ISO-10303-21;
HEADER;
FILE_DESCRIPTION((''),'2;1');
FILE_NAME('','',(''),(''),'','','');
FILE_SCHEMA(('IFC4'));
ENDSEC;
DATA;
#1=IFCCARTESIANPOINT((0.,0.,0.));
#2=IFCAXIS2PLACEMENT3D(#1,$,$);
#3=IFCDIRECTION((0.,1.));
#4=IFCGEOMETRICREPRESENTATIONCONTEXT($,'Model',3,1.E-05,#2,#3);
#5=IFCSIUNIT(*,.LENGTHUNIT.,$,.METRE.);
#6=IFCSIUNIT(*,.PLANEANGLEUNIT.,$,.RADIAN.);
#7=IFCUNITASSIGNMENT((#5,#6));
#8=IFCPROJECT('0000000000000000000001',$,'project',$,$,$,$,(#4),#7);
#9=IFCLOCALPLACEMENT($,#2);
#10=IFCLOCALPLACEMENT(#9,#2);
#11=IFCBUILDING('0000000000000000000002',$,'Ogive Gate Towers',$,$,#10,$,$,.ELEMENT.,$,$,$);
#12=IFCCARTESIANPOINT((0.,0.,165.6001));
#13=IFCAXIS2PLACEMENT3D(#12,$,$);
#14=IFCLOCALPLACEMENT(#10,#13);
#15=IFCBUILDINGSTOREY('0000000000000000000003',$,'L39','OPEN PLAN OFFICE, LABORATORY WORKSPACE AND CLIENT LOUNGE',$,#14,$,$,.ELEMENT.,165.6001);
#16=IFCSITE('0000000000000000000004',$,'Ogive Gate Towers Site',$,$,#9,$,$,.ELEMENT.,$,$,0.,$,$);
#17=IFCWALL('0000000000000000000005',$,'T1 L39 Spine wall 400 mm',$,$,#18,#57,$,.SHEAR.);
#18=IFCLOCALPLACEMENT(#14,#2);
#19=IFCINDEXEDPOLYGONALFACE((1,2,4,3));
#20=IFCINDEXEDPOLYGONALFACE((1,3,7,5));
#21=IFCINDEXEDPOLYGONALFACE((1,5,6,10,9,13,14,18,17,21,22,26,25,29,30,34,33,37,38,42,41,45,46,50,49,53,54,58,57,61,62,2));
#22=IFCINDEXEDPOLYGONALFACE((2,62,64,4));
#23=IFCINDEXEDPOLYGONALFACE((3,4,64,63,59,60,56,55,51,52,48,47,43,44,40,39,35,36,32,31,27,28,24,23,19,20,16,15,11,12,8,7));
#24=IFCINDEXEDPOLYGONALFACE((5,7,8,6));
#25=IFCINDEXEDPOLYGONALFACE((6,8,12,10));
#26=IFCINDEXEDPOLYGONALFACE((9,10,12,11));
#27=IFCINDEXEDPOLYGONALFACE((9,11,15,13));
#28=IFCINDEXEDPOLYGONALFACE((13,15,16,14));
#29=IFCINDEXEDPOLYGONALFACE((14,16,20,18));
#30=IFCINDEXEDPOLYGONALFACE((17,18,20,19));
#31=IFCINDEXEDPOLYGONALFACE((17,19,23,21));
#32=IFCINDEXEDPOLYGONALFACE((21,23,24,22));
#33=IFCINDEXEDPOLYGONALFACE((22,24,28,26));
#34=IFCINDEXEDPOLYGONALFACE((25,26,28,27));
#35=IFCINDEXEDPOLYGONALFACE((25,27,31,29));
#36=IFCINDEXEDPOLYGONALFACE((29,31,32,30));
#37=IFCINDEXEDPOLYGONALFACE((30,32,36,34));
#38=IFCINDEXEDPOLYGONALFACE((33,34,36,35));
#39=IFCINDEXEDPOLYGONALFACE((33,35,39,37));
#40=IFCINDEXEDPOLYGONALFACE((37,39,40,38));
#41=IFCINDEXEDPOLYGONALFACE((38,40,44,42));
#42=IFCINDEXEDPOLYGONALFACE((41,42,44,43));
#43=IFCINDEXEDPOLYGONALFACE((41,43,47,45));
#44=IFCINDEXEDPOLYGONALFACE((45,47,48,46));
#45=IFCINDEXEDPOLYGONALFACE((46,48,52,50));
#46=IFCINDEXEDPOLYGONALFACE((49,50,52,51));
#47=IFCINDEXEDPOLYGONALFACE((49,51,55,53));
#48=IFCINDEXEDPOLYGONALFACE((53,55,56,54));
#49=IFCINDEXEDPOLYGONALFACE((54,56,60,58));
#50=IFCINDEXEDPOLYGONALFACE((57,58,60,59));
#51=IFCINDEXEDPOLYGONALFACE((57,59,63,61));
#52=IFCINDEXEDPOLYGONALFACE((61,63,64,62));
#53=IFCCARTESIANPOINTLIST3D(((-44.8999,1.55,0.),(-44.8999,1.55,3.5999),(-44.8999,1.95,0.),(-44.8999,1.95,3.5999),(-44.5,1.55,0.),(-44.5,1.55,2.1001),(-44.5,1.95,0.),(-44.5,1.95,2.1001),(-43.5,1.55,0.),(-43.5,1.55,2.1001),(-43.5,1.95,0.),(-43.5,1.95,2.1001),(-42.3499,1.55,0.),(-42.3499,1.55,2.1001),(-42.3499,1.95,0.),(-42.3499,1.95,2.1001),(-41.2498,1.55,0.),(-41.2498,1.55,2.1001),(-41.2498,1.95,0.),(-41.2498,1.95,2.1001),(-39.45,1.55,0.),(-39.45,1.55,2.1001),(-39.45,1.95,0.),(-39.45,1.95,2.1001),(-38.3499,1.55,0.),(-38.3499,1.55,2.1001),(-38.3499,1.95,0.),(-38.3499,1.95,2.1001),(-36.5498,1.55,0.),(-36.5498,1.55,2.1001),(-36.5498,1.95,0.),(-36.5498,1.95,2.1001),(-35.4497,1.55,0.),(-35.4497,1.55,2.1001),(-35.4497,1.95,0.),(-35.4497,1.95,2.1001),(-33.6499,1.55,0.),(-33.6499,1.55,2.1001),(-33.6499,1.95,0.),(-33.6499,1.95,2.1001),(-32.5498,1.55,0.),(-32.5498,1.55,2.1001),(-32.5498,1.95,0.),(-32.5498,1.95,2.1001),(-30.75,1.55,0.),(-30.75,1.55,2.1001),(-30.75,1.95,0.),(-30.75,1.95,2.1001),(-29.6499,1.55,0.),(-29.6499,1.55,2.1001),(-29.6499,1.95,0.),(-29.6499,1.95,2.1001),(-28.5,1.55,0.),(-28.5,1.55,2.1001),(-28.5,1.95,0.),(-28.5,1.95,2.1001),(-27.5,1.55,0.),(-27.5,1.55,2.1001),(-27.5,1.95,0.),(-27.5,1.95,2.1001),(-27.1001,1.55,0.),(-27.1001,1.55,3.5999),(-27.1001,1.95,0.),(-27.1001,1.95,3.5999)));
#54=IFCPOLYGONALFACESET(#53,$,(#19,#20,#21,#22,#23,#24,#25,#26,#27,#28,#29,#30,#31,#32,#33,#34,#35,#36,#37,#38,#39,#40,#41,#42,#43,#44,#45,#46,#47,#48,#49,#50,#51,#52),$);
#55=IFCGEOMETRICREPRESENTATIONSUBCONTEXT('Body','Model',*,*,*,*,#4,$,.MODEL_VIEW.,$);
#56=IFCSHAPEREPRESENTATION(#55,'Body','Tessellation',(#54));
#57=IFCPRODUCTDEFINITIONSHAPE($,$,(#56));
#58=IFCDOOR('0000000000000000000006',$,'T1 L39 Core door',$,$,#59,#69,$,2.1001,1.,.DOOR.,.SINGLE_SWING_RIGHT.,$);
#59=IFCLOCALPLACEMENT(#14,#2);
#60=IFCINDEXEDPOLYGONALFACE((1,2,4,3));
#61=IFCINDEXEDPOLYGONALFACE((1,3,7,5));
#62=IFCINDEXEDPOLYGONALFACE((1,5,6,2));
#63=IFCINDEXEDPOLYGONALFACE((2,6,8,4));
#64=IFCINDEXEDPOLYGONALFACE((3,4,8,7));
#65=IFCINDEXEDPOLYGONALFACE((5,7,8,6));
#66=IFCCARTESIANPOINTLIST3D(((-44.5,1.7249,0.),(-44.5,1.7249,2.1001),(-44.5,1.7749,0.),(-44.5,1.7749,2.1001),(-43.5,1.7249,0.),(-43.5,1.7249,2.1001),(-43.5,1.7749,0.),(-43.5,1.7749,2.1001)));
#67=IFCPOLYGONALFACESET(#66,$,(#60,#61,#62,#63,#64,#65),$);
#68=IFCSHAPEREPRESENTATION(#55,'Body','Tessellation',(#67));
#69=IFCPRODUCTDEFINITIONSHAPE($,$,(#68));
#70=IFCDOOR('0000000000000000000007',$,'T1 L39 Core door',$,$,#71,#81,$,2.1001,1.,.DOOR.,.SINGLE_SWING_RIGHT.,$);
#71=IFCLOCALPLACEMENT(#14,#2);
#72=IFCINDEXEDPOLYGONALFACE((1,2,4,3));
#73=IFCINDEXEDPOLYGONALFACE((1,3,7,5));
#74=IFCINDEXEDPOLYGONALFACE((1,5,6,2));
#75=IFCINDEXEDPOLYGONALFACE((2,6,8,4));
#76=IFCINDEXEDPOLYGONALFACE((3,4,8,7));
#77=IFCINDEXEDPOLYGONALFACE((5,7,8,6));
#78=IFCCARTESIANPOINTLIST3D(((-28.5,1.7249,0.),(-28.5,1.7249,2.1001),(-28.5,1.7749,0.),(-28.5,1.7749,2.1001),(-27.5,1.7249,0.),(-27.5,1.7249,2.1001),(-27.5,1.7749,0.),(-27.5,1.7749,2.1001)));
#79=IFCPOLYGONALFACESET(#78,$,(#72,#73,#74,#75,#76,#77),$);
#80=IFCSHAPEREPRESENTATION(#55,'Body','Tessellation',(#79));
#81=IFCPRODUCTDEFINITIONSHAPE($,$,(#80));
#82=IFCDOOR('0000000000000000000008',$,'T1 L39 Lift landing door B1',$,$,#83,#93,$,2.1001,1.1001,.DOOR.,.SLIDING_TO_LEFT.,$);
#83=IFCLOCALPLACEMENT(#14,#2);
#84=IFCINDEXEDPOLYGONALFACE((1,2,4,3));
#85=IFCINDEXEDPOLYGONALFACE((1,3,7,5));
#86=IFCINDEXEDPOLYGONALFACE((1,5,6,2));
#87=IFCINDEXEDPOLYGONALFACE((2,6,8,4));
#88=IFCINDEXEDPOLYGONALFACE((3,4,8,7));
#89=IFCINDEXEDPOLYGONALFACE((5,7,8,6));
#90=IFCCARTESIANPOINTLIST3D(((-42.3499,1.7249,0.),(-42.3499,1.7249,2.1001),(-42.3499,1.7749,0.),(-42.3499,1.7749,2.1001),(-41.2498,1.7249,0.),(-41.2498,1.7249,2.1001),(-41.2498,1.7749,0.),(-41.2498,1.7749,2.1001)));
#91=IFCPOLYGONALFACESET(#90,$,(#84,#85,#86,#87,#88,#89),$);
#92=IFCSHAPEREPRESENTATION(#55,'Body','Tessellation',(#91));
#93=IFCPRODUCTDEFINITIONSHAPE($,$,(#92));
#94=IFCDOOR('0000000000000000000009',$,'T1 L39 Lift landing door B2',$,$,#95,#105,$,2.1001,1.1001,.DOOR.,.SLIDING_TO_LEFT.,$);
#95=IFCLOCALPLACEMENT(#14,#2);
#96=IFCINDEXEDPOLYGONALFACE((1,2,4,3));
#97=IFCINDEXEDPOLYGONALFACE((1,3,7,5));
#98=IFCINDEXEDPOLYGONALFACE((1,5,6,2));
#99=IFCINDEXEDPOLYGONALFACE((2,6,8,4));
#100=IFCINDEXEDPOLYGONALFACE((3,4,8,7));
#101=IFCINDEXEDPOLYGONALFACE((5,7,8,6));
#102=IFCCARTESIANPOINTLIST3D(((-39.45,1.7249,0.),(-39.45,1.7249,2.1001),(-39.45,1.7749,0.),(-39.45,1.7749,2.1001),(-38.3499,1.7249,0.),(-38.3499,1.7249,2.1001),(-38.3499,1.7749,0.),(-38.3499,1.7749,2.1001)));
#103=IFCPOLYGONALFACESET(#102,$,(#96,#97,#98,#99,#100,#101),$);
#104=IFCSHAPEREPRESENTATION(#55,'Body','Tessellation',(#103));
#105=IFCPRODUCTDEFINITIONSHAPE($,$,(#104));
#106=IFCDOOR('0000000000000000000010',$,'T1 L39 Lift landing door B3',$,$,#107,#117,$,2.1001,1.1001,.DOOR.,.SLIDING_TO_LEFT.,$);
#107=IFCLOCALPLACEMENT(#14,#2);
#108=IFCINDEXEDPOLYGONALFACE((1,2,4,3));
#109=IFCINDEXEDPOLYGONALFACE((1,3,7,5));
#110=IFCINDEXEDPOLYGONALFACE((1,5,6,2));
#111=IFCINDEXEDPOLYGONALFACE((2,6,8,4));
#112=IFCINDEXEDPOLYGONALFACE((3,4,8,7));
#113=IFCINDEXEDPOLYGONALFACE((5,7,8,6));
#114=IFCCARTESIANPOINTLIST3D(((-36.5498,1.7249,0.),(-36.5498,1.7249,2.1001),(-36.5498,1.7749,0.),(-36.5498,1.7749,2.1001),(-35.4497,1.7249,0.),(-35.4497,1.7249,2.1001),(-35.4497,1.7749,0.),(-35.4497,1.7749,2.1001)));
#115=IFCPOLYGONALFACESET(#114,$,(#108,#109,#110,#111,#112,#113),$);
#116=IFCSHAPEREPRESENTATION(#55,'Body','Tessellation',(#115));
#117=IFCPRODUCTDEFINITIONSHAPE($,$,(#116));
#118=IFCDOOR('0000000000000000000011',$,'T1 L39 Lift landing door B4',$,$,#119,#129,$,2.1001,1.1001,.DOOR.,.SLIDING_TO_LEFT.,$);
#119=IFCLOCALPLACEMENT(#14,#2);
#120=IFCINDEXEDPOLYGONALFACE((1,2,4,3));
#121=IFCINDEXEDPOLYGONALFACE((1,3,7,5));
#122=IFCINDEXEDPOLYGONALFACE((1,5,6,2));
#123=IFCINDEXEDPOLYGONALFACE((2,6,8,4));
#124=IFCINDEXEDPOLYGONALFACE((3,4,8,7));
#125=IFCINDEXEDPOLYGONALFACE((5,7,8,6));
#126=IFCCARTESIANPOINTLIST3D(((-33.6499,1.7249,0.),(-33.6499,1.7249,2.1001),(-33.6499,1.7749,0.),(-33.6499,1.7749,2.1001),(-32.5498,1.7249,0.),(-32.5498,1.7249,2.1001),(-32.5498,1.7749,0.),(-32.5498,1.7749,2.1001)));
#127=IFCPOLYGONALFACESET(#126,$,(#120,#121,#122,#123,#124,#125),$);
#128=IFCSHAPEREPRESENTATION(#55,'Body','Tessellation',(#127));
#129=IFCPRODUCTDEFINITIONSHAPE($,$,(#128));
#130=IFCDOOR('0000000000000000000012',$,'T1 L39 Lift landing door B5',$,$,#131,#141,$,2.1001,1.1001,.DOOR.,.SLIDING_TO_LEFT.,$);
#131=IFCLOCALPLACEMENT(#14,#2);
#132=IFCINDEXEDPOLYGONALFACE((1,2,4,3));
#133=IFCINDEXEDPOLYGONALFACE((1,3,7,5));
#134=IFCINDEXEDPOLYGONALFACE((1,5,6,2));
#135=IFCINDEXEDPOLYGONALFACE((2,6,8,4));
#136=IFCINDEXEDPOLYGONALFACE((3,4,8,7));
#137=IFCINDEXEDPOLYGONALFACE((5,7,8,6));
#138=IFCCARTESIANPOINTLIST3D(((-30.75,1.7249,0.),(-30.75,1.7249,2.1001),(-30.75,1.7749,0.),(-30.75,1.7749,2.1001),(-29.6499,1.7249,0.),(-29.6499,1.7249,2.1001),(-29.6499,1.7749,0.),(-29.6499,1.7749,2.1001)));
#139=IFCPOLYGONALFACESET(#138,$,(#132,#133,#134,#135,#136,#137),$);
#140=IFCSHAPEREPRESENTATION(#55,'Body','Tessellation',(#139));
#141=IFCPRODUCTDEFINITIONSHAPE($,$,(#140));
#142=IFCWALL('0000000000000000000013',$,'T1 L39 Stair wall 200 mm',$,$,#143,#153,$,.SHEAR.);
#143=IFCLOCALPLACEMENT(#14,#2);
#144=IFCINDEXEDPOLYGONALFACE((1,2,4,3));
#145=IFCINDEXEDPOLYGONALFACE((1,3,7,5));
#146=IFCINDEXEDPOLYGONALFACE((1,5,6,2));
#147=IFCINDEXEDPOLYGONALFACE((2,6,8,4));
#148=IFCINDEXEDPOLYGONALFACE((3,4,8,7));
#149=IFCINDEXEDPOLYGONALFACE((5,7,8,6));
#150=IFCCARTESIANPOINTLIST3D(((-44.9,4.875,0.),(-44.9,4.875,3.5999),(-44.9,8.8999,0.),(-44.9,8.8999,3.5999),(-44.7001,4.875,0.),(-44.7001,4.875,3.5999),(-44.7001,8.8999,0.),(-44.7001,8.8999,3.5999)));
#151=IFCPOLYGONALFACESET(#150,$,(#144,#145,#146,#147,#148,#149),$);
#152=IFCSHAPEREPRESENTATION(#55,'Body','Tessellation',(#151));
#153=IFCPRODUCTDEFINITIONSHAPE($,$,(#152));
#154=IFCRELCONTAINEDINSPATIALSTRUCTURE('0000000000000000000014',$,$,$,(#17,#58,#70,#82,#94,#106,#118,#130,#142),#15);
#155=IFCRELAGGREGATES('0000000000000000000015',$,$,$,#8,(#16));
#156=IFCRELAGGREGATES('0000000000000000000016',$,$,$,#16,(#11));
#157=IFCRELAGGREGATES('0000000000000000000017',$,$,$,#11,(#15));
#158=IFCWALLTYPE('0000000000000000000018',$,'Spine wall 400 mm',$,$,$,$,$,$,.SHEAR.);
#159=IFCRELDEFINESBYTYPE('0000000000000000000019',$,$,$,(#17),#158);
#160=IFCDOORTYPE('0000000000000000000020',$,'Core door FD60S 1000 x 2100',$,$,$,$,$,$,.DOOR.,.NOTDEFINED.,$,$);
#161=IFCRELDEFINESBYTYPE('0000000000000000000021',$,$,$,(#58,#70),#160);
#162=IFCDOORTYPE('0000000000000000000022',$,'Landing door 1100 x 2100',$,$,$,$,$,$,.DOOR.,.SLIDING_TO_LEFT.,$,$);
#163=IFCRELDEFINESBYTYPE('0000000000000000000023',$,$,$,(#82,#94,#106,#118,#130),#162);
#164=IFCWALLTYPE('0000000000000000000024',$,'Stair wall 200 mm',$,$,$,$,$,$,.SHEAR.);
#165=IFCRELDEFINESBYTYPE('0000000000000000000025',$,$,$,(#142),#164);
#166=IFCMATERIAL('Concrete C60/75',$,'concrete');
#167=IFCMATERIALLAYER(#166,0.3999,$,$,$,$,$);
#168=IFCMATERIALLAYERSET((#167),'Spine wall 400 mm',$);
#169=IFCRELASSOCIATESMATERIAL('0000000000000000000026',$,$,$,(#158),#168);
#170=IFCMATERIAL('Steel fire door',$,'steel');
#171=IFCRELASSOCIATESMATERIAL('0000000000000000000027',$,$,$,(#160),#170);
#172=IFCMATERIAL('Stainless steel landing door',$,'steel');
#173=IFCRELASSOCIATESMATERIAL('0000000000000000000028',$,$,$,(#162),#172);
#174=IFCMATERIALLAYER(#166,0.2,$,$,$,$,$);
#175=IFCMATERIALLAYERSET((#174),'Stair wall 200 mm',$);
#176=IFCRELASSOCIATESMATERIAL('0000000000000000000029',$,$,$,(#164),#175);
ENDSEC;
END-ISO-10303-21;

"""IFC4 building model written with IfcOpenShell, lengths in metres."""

from ifc_helpers import new_model, si_unit, direction, frame, frame_2d, origin, place, context, subcontext, project, spatial, rectangle, extrude, material, layer, layer_set, type_object, element, fill, save


model = new_model("IFC4")

# Units and contexts
model_context = context("Model", 3, precision=1e-05, world=origin(), true_north=direction((0.0, 1.0)))
body_context = subcontext(model_context, "Body", "Model", "MODEL_VIEW")
ifc_project = project(units=[si_unit("LENGTHUNIT", "METRE"), si_unit("PLANEANGLEUNIT", "RADIAN")], contexts=[model_context])

# Site, building, storey
site_placement = place(None, origin())
site = spatial("IfcSite", under=ifc_project, at=site_placement, Name="Ogive Gate Towers Site", CompositionType="ELEMENT", RefElevation=0.0)
building_placement = place(site_placement, origin())
building = spatial("IfcBuilding", under=site, at=building_placement, Name="Ogive Gate Towers", CompositionType="ELEMENT")
storey_placement = place(building_placement, frame((0.0, 0.0, 165.6001)))
storey = spatial("IfcBuildingStorey", under=building, at=storey_placement, Name="L39", Description="OPEN PLAN OFFICE, LABORATORY WORKSPACE AND CLIENT LOUNGE", CompositionType="ELEMENT", Elevation=165.6001)

# Shared definitions
ifc_material_1 = material(Name="Concrete C60/75", Category="concrete")

# Shared definitions
ifc_material_2 = material(Name="Steel fire door", Category="steel")

# Wall, openings, doors
ifc_layer_1 = layer(ifc_material_1, 0.3999)
ifc_layer_set_1 = layer_set([ifc_layer_1], Name="Spine wall 400 mm")
wall_type_1 = type_object("IfcWallType", Name="Spine wall 400 mm", PredefinedType="SHEAR", material=ifc_layer_set_1)
wall_1_placement = place(storey_placement, frame((-44.8999, 1.75, 0.0), z_axis=(0.0, 0.0, 1.0), x_axis=(1.0, 0.0, 0.0)))
wall_1 = element("IfcWall", 1, at=wall_1_placement, inside=storey, type_object=wall_type_1, Name="T1 L39 Spine wall 400 mm", PredefinedType="SHEAR", context=body_context, shape_type="SweptSolid", body=[
    extrude(rectangle(XDim=17.7998, YDim=0.3999, at=frame_2d((8.8999, 0.0))), origin(), (0.0, 0.0, 1.0), 3.5999),
])
opening_1_placement = place(wall_1_placement, frame((0.3999, 0.0, 0.0)))
opening_1 = element("IfcOpeningElement", 2, at=opening_1_placement, cuts=wall_1, PredefinedType="OPENING", context=body_context, shape_type="SweptSolid", body=[
    extrude(rectangle(XDim=1.0, YDim=2.1001, at=frame_2d((0.5, 1.05))), frame((0.0, 0.21, 0.0), z_axis=(0.0, -1.0, 0.0), x_axis=(1.0, 0.0, 0.0)), (0.0, 0.0, 1.0), 0.4199),
])
opening_2_placement = place(wall_1_placement, frame((2.55, 0.0, 0.0)))
opening_2 = element("IfcOpeningElement", 3, at=opening_2_placement, cuts=wall_1, PredefinedType="OPENING", context=body_context, shape_type="SweptSolid", body=[
    extrude(rectangle(XDim=1.1001, YDim=2.1001, at=frame_2d((0.55, 1.05))), frame((0.0, 0.21, 0.0), z_axis=(0.0, -1.0, 0.0), x_axis=(1.0, 0.0, 0.0)), (0.0, 0.0, 1.0), 0.4199),
])
opening_3_placement = place(wall_1_placement, frame((5.45, 0.0, 0.0)))
opening_3 = element("IfcOpeningElement", 4, at=opening_3_placement, cuts=wall_1, PredefinedType="OPENING", context=body_context, shape_type="SweptSolid", body=[
    extrude(rectangle(XDim=1.1001, YDim=2.1001, at=frame_2d((0.55, 1.05))), frame((0.0, 0.21, 0.0), z_axis=(0.0, -1.0, 0.0), x_axis=(1.0, 0.0, 0.0)), (0.0, 0.0, 1.0), 0.4199),
])
opening_4_placement = place(wall_1_placement, frame((8.3501, 0.0, 0.0)))
opening_4 = element("IfcOpeningElement", 5, at=opening_4_placement, cuts=wall_1, PredefinedType="OPENING", context=body_context, shape_type="SweptSolid", body=[
    extrude(rectangle(XDim=1.1001, YDim=2.1001, at=frame_2d((0.55, 1.05))), frame((0.0, 0.21, 0.0), z_axis=(0.0, -1.0, 0.0), x_axis=(1.0, 0.0, 0.0)), (0.0, 0.0, 1.0), 0.4199),
])
opening_5_placement = place(wall_1_placement, frame((11.25, 0.0, 0.0)))
opening_5 = element("IfcOpeningElement", 6, at=opening_5_placement, cuts=wall_1, PredefinedType="OPENING", context=body_context, shape_type="SweptSolid", body=[
    extrude(rectangle(XDim=1.1001, YDim=2.1001, at=frame_2d((0.55, 1.05))), frame((0.0, 0.21, 0.0), z_axis=(0.0, -1.0, 0.0), x_axis=(1.0, 0.0, 0.0)), (0.0, 0.0, 1.0), 0.4199),
])
opening_6_placement = place(wall_1_placement, frame((14.1499, 0.0, 0.0)))
opening_6 = element("IfcOpeningElement", 7, at=opening_6_placement, cuts=wall_1, PredefinedType="OPENING", context=body_context, shape_type="SweptSolid", body=[
    extrude(rectangle(XDim=1.1001, YDim=2.1001, at=frame_2d((0.55, 1.05))), frame((0.0, 0.21, 0.0), z_axis=(0.0, -1.0, 0.0), x_axis=(1.0, 0.0, 0.0)), (0.0, 0.0, 1.0), 0.4199),
])
opening_7_placement = place(wall_1_placement, frame((16.3999, 0.0, 0.0)))
opening_7 = element("IfcOpeningElement", 8, at=opening_7_placement, cuts=wall_1, PredefinedType="OPENING", context=body_context, shape_type="SweptSolid", body=[
    extrude(rectangle(XDim=1.0, YDim=2.1001, at=frame_2d((0.5, 1.05))), frame((0.0, 0.21, 0.0), z_axis=(0.0, -1.0, 0.0), x_axis=(1.0, 0.0, 0.0)), (0.0, 0.0, 1.0), 0.4199),
])
door_type_1 = type_object("IfcDoorType", Name="Core door FD60S 1000 x 2100", OperationType="NOTDEFINED", PredefinedType="DOOR", material=ifc_material_2)
door_1_placement = place(opening_1_placement, origin())
door_1 = element("IfcDoor", 9, at=door_1_placement, inside=storey, type_object=door_type_1, Name="T1 L39 Core door", OperationType="SINGLE_SWING_RIGHT", OverallHeight=2.1001, OverallWidth=1.0, PredefinedType="DOOR", context=body_context, shape_type="SweptSolid", body=[
    extrude(rectangle(XDim=1.0, YDim=2.1001, at=frame_2d((0.5, 1.05))), frame((0.0, 0.0249, 0.0), z_axis=(0.0, -1.0, 0.0), x_axis=(1.0, 0.0, 0.0)), (0.0, 0.0, 1.0), 0.05),
])
fill(opening_1, door_1)
door_2_placement = place(opening_7_placement, origin())
door_2 = element("IfcDoor", 10, at=door_2_placement, inside=storey, type_object=door_type_1, Name="T1 L39 Core door", OperationType="SINGLE_SWING_RIGHT", OverallHeight=2.1001, OverallWidth=1.0, PredefinedType="DOOR", context=body_context, shape_type="SweptSolid", body=[
    extrude(rectangle(XDim=1.0, YDim=2.1001, at=frame_2d((0.5, 1.05))), frame((0.0, 0.0249, 0.0), z_axis=(0.0, -1.0, 0.0), x_axis=(1.0, 0.0, 0.0)), (0.0, 0.0, 1.0), 0.05),
])
fill(opening_7, door_2)
ifc_material_3 = material(Name="Stainless steel landing door", Category="steel")
door_type_2 = type_object("IfcDoorType", Name="Landing door 1100 x 2100", OperationType="SLIDING_TO_LEFT", PredefinedType="DOOR", material=ifc_material_3)
door_3_placement = place(opening_2_placement, origin())
door_3 = element("IfcDoor", 11, at=door_3_placement, inside=storey, type_object=door_type_2, Name="T1 L39 Lift landing door B1", OperationType="SLIDING_TO_LEFT", OverallHeight=2.1001, OverallWidth=1.1001, PredefinedType="DOOR", context=body_context, shape_type="SweptSolid", body=[
    extrude(rectangle(XDim=1.1001, YDim=2.1001, at=frame_2d((0.55, 1.05))), frame((0.0, 0.0249, 0.0), z_axis=(0.0, -1.0, 0.0), x_axis=(1.0, 0.0, 0.0)), (0.0, 0.0, 1.0), 0.05),
])
fill(opening_2, door_3)
door_4_placement = place(opening_3_placement, origin())
door_4 = element("IfcDoor", 12, at=door_4_placement, inside=storey, type_object=door_type_2, Name="T1 L39 Lift landing door B2", OperationType="SLIDING_TO_LEFT", OverallHeight=2.1001, OverallWidth=1.1001, PredefinedType="DOOR", context=body_context, shape_type="SweptSolid", body=[
    extrude(rectangle(XDim=1.1001, YDim=2.1001, at=frame_2d((0.55, 1.05))), frame((0.0, 0.0249, 0.0), z_axis=(0.0, -1.0, 0.0), x_axis=(1.0, 0.0, 0.0)), (0.0, 0.0, 1.0), 0.05),
])
fill(opening_3, door_4)
door_5_placement = place(opening_4_placement, origin())
door_5 = element("IfcDoor", 13, at=door_5_placement, inside=storey, type_object=door_type_2, Name="T1 L39 Lift landing door B3", OperationType="SLIDING_TO_LEFT", OverallHeight=2.1001, OverallWidth=1.1001, PredefinedType="DOOR", context=body_context, shape_type="SweptSolid", body=[
    extrude(rectangle(XDim=1.1001, YDim=2.1001, at=frame_2d((0.55, 1.05))), frame((0.0, 0.0249, 0.0), z_axis=(0.0, -1.0, 0.0), x_axis=(1.0, 0.0, 0.0)), (0.0, 0.0, 1.0), 0.05),
])
fill(opening_4, door_5)
door_6_placement = place(opening_5_placement, origin())
door_6 = element("IfcDoor", 14, at=door_6_placement, inside=storey, type_object=door_type_2, Name="T1 L39 Lift landing door B4", OperationType="SLIDING_TO_LEFT", OverallHeight=2.1001, OverallWidth=1.1001, PredefinedType="DOOR", context=body_context, shape_type="SweptSolid", body=[
    extrude(rectangle(XDim=1.1001, YDim=2.1001, at=frame_2d((0.55, 1.05))), frame((0.0, 0.0249, 0.0), z_axis=(0.0, -1.0, 0.0), x_axis=(1.0, 0.0, 0.0)), (0.0, 0.0, 1.0), 0.05),
])
fill(opening_5, door_6)
door_7_placement = place(opening_6_placement, origin())
door_7 = element("IfcDoor", 15, at=door_7_placement, inside=storey, type_object=door_type_2, Name="T1 L39 Lift landing door B5", OperationType="SLIDING_TO_LEFT", OverallHeight=2.1001, OverallWidth=1.1001, PredefinedType="DOOR", context=body_context, shape_type="SweptSolid", body=[
    extrude(rectangle(XDim=1.1001, YDim=2.1001, at=frame_2d((0.55, 1.05))), frame((0.0, 0.0249, 0.0), z_axis=(0.0, -1.0, 0.0), x_axis=(1.0, 0.0, 0.0)), (0.0, 0.0, 1.0), 0.05),
])
fill(opening_6, door_7)

# Wall
ifc_layer_2 = layer(ifc_material_1, 0.2)
ifc_layer_set_2 = layer_set([ifc_layer_2], Name="Stair wall 200 mm")
wall_type_2 = type_object("IfcWallType", Name="Stair wall 200 mm", PredefinedType="SHEAR", material=ifc_layer_set_2)
wall_2_placement = place(storey_placement, frame((-44.8, 4.875, 0.0), z_axis=(0.0, 0.0, 1.0), x_axis=(0.0, 1.0, 0.0)))
element("IfcWall", 16, at=wall_2_placement, inside=storey, type_object=wall_type_2, Name="T1 L39 Stair wall 200 mm", PredefinedType="SHEAR", context=body_context, shape_type="SweptSolid", body=[
    extrude(rectangle(XDim=4.0249, YDim=0.2, at=frame_2d((2.0125, 0.0))), origin(), (0.0, 0.0, 1.0), 3.5999),
])

save(model, "model.ifc")
